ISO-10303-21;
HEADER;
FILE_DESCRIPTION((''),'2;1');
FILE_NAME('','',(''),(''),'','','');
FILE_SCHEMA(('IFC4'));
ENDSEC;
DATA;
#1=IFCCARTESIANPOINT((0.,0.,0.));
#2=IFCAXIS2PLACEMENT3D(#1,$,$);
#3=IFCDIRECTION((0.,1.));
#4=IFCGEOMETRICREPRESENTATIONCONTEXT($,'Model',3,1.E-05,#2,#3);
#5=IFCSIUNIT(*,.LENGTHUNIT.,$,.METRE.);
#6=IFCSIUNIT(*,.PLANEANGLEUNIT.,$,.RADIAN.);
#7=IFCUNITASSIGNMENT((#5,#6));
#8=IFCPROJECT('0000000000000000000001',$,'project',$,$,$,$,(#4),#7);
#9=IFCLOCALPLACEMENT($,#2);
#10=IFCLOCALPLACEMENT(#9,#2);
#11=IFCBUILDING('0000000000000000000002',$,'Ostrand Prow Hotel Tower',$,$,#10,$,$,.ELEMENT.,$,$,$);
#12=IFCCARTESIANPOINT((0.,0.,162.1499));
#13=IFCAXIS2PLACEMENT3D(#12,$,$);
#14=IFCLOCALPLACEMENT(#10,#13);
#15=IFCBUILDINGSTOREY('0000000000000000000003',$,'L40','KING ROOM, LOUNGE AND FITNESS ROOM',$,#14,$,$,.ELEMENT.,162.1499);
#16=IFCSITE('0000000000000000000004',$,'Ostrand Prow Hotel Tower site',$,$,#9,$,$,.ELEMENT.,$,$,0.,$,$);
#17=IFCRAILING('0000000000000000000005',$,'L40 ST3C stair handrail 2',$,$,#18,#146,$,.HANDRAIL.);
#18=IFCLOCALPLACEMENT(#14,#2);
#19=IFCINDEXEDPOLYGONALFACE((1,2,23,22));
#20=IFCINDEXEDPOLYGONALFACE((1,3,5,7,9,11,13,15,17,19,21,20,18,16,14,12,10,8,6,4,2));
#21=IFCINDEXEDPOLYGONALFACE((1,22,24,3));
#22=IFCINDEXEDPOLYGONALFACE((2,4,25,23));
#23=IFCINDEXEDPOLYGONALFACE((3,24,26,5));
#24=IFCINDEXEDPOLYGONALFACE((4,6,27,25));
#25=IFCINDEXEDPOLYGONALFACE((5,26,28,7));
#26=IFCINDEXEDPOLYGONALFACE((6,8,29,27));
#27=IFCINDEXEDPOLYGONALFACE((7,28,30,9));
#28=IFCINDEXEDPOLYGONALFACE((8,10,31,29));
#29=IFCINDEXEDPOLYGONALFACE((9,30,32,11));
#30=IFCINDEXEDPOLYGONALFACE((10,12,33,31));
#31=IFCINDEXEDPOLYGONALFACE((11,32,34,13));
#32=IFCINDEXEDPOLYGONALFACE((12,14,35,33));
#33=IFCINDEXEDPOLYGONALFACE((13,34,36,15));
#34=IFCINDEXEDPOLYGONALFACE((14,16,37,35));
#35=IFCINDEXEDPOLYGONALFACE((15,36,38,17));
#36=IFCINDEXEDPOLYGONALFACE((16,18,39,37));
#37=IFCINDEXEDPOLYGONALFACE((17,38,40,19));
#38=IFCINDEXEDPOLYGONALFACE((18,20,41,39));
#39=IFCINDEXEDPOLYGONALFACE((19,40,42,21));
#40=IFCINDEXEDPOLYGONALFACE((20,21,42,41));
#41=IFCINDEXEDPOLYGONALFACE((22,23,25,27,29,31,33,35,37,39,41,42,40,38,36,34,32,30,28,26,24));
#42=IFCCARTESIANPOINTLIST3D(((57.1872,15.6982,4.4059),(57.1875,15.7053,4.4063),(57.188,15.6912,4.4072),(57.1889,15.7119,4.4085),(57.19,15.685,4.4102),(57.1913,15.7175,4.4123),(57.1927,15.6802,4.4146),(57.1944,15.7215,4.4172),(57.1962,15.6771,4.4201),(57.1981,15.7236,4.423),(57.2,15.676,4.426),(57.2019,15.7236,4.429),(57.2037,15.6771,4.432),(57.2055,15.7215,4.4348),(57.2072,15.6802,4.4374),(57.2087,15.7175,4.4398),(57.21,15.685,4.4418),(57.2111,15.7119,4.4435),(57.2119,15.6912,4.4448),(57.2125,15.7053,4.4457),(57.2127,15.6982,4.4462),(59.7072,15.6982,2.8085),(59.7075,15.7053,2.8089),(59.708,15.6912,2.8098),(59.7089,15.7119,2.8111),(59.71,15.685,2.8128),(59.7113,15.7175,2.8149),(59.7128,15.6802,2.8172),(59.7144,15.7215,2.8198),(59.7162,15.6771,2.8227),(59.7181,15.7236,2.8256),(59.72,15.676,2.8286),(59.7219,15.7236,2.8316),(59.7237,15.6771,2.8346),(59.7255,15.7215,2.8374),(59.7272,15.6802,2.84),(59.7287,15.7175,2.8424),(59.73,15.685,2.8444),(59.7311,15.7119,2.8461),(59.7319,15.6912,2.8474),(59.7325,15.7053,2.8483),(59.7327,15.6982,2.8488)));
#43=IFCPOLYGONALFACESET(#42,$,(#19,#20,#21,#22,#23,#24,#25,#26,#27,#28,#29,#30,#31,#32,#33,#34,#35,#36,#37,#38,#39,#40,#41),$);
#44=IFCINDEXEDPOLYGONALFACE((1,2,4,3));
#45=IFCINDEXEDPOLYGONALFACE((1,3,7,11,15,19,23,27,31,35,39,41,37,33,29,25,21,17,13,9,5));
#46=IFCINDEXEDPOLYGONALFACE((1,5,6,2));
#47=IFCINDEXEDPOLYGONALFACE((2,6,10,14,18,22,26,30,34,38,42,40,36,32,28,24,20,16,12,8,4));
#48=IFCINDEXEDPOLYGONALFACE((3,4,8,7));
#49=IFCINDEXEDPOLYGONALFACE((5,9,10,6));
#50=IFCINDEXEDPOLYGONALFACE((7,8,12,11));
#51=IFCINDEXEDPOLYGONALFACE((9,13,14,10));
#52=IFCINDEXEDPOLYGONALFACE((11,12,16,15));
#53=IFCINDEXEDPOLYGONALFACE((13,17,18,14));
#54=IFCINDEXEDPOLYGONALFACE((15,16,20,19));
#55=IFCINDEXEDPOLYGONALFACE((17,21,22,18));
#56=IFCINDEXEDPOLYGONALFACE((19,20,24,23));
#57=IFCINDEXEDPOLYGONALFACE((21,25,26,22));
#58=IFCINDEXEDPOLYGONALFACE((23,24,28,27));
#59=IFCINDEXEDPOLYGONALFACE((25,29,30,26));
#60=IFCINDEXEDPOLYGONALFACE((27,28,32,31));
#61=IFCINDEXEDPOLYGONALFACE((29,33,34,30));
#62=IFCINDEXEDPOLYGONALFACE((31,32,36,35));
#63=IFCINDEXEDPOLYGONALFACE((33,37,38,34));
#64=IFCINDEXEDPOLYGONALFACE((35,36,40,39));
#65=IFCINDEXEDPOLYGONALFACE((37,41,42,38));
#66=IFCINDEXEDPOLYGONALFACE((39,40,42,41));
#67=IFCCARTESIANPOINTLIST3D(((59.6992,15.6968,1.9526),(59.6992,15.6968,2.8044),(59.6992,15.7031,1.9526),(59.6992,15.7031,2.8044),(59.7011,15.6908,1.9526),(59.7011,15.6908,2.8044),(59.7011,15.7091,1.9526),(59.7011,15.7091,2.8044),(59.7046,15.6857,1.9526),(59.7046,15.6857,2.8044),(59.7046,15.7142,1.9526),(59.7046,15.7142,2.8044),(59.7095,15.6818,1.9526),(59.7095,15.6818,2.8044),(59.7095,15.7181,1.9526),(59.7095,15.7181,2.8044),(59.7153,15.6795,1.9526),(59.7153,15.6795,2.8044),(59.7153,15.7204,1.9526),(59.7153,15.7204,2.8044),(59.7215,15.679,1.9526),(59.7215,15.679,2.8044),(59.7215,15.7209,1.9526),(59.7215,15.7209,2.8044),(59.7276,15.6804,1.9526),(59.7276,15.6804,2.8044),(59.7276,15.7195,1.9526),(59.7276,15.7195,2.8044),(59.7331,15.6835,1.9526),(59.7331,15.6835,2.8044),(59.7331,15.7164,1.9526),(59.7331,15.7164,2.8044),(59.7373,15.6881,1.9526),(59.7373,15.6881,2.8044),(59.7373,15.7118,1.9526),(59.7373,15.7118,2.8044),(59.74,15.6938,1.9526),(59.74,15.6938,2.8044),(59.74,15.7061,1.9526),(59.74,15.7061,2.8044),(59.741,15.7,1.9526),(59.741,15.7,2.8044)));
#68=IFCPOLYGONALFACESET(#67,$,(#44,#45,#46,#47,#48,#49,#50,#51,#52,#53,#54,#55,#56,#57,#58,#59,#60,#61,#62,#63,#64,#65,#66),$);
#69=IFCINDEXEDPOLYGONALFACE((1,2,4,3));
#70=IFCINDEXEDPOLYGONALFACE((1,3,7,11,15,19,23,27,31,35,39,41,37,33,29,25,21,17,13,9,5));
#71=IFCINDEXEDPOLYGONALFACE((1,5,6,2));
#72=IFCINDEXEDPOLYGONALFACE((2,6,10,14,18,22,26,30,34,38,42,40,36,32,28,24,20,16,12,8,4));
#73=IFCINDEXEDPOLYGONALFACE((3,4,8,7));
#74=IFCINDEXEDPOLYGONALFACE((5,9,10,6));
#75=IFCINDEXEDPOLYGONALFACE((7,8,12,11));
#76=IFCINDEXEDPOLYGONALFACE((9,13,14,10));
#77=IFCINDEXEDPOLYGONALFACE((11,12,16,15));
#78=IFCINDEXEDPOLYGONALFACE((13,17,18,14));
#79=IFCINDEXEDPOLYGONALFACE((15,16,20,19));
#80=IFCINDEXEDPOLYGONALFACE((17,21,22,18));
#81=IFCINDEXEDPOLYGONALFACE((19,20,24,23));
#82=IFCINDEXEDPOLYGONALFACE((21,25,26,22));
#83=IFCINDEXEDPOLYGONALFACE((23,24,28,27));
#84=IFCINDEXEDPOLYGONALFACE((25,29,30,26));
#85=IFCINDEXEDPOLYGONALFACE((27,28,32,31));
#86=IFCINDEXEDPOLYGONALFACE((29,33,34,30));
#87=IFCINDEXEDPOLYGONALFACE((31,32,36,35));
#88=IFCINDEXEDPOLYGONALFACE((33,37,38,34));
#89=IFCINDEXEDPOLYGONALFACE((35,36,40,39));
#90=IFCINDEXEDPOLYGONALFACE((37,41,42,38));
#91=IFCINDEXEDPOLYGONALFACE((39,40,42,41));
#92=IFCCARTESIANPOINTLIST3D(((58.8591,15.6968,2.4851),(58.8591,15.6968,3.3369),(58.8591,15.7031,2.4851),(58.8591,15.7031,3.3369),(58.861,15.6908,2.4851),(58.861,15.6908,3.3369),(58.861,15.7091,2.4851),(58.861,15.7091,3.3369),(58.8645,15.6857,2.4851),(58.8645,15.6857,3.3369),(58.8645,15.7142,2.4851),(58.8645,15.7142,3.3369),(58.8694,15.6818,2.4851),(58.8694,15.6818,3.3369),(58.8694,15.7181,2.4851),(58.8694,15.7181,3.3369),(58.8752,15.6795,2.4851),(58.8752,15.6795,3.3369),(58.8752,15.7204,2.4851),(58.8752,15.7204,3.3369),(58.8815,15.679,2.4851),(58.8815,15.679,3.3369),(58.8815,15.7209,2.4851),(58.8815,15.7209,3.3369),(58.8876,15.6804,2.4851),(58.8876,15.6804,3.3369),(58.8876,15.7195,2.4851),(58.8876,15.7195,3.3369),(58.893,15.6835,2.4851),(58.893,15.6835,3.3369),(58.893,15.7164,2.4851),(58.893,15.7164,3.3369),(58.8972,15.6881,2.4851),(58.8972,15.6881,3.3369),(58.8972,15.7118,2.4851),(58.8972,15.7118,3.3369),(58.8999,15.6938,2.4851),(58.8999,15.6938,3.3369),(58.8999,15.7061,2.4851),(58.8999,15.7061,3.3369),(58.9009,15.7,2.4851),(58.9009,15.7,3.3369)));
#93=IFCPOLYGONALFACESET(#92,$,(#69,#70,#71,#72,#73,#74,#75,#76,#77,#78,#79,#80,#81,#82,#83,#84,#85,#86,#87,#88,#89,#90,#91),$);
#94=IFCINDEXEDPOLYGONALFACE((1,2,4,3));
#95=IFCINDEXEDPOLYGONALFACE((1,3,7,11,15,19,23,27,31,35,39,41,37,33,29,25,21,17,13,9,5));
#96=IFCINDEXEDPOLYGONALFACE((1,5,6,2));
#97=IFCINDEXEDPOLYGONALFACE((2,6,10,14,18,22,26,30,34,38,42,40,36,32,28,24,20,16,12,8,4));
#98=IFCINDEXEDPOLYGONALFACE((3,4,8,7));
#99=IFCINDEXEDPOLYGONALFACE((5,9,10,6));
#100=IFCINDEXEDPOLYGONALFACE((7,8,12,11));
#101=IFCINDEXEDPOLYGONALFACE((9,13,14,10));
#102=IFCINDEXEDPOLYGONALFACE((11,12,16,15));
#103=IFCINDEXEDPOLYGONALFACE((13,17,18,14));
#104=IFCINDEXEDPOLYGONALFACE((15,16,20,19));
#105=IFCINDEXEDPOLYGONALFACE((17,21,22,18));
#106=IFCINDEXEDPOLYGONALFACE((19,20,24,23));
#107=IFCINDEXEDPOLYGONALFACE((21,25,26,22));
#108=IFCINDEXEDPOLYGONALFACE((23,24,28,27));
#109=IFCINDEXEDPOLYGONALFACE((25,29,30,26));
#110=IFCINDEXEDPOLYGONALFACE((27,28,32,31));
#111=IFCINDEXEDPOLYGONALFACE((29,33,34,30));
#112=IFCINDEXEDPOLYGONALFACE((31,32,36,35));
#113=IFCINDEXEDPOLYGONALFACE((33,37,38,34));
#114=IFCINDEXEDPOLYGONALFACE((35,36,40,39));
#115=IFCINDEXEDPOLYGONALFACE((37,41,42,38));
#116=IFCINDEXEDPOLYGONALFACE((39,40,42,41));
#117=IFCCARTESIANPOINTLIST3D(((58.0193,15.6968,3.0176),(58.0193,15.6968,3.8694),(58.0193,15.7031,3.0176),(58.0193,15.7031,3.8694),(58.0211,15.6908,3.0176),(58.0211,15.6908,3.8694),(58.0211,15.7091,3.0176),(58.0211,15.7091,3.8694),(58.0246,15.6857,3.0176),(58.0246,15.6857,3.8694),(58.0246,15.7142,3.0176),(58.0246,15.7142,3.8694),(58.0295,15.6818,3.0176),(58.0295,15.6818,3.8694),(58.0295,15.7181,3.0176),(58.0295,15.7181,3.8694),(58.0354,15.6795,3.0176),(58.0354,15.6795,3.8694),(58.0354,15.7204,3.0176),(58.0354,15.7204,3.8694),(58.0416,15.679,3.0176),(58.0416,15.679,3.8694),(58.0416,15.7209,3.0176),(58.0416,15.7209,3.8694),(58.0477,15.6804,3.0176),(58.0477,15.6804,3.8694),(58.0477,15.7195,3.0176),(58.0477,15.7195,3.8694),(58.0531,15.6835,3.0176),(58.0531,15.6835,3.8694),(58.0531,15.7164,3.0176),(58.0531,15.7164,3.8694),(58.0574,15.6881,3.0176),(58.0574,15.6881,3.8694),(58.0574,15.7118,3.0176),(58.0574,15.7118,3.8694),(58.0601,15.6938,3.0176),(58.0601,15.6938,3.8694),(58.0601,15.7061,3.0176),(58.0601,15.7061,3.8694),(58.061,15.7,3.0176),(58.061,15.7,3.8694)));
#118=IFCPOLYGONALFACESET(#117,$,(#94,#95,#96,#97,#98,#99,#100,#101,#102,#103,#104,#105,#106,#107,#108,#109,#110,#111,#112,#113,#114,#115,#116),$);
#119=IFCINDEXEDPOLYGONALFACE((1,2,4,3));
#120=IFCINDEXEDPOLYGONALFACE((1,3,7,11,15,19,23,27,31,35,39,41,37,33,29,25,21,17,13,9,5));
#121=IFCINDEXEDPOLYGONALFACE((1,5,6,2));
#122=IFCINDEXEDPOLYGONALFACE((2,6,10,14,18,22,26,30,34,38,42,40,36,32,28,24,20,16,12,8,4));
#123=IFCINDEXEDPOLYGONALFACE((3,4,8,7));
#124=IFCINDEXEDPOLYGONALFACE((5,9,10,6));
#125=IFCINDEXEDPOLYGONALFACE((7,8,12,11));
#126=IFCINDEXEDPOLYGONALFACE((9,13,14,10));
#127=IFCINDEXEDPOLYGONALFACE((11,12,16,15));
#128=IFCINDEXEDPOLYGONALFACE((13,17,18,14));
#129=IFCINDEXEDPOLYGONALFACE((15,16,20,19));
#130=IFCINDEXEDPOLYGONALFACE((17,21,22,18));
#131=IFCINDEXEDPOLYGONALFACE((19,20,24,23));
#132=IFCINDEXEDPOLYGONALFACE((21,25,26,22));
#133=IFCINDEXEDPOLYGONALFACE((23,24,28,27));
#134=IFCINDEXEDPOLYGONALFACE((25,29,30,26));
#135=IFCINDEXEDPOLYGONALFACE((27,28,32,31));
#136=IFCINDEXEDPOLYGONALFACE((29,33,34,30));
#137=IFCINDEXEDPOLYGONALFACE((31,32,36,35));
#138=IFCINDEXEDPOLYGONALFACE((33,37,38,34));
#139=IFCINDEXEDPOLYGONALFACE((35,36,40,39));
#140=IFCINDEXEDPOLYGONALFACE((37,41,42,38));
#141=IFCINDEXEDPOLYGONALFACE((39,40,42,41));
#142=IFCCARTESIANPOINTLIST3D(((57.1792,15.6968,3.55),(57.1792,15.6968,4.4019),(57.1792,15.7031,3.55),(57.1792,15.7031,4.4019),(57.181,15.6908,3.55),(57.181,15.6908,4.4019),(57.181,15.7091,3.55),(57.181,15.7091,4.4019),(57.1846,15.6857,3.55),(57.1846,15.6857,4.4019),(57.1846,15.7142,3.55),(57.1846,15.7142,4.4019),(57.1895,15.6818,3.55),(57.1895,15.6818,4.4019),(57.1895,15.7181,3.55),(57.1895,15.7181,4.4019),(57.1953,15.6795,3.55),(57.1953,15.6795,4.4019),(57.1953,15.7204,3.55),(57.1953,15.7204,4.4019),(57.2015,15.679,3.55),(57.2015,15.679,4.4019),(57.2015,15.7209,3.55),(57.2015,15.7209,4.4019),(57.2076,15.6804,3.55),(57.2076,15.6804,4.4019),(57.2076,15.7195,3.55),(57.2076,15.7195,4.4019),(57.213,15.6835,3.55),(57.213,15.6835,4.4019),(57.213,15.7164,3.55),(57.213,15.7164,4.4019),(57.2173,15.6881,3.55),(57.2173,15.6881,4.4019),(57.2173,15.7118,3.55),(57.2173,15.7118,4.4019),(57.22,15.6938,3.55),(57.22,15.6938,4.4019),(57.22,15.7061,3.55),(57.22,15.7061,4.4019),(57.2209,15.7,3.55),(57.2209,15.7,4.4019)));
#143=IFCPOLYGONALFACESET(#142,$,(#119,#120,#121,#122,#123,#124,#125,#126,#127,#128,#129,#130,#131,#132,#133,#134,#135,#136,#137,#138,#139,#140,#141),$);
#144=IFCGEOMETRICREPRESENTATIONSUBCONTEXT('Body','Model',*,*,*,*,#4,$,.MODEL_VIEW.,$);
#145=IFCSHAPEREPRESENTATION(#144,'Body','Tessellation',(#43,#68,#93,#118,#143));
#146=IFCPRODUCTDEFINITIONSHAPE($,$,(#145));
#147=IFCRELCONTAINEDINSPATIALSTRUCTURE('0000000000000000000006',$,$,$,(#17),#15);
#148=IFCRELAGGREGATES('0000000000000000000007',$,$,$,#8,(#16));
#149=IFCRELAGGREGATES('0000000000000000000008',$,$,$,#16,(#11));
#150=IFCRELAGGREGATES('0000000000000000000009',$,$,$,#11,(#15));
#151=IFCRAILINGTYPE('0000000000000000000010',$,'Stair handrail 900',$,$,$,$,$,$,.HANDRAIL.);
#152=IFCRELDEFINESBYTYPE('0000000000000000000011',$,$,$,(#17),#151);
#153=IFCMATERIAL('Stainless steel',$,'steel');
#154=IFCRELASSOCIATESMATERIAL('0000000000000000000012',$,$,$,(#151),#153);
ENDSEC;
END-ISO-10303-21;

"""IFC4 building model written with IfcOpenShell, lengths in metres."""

from ifc_helpers import new_model, si_unit, direction, frame, origin, origin_2d, place, context, subcontext, project, spatial, circle, extrude, material, type_object, element, save


model = new_model("IFC4")

# Units and contexts
model_context = context("Model", 3, precision=1e-05, world=origin(), true_north=direction((0.0, 1.0)))
body_context = subcontext(model_context, "Body", "Model", "MODEL_VIEW")
ifc_project = project(units=[si_unit("LENGTHUNIT", "METRE"), si_unit("PLANEANGLEUNIT", "RADIAN")], contexts=[model_context])

# Site, building, storey
site_placement = place(None, origin())
site = spatial("IfcSite", under=ifc_project, at=site_placement, Name="Ostrand Prow Hotel Tower site", CompositionType="ELEMENT", RefElevation=0.0)
building_placement = place(site_placement, origin())
building = spatial("IfcBuilding", under=site, at=building_placement, Name="Ostrand Prow Hotel Tower", CompositionType="ELEMENT")
storey_placement = place(building_placement, frame((0.0, 0.0, 162.1499)))
storey = spatial("IfcBuildingStorey", under=building, at=storey_placement, Name="L40", Description="KING ROOM, LOUNGE AND FITNESS ROOM", CompositionType="ELEMENT", Elevation=162.1499)

# Railing
ifc_material_1 = material(Name="Stainless steel", Category="steel")
railing_type_1 = type_object("IfcRailingType", Name="Stair handrail 900", PredefinedType="HANDRAIL", material=ifc_material_1)
railing_1_placement = place(storey_placement, frame((59.72, 15.7, 1.9526)))
element("IfcRailing", 1, at=railing_1_placement, inside=storey, type_object=railing_type_1, Name="L40 ST3C stair handrail 2", PredefinedType="HANDRAIL", context=body_context, shape_type="SweptSolid", body=[
    extrude(circle(Radius=0.0239, at=origin_2d()), frame((0.0, 0.0, 0.876), z_axis=(-0.844607, 0.0, 0.535387), x_axis=(0.0, -1.0, 0.0)), (0.0, 0.0, 1.0), 2.9836),
    extrude(circle(Radius=0.021, at=origin_2d()), origin(), (0.0, 0.0, 1.0), 0.8518),
    extrude(circle(Radius=0.021, at=origin_2d()), frame((-0.8401, 0.0, 0.5325)), (0.0, 0.0, 1.0), 0.8518),
    extrude(circle(Radius=0.021, at=origin_2d()), frame((-1.6799, 0.0, 1.0649)), (0.0, 0.0, 1.0), 0.8518),
    extrude(circle(Radius=0.021, at=origin_2d()), frame((-2.52, 0.0, 1.5974)), (0.0, 0.0, 1.0), 0.8518),
])

save(model, "model.ifc")
